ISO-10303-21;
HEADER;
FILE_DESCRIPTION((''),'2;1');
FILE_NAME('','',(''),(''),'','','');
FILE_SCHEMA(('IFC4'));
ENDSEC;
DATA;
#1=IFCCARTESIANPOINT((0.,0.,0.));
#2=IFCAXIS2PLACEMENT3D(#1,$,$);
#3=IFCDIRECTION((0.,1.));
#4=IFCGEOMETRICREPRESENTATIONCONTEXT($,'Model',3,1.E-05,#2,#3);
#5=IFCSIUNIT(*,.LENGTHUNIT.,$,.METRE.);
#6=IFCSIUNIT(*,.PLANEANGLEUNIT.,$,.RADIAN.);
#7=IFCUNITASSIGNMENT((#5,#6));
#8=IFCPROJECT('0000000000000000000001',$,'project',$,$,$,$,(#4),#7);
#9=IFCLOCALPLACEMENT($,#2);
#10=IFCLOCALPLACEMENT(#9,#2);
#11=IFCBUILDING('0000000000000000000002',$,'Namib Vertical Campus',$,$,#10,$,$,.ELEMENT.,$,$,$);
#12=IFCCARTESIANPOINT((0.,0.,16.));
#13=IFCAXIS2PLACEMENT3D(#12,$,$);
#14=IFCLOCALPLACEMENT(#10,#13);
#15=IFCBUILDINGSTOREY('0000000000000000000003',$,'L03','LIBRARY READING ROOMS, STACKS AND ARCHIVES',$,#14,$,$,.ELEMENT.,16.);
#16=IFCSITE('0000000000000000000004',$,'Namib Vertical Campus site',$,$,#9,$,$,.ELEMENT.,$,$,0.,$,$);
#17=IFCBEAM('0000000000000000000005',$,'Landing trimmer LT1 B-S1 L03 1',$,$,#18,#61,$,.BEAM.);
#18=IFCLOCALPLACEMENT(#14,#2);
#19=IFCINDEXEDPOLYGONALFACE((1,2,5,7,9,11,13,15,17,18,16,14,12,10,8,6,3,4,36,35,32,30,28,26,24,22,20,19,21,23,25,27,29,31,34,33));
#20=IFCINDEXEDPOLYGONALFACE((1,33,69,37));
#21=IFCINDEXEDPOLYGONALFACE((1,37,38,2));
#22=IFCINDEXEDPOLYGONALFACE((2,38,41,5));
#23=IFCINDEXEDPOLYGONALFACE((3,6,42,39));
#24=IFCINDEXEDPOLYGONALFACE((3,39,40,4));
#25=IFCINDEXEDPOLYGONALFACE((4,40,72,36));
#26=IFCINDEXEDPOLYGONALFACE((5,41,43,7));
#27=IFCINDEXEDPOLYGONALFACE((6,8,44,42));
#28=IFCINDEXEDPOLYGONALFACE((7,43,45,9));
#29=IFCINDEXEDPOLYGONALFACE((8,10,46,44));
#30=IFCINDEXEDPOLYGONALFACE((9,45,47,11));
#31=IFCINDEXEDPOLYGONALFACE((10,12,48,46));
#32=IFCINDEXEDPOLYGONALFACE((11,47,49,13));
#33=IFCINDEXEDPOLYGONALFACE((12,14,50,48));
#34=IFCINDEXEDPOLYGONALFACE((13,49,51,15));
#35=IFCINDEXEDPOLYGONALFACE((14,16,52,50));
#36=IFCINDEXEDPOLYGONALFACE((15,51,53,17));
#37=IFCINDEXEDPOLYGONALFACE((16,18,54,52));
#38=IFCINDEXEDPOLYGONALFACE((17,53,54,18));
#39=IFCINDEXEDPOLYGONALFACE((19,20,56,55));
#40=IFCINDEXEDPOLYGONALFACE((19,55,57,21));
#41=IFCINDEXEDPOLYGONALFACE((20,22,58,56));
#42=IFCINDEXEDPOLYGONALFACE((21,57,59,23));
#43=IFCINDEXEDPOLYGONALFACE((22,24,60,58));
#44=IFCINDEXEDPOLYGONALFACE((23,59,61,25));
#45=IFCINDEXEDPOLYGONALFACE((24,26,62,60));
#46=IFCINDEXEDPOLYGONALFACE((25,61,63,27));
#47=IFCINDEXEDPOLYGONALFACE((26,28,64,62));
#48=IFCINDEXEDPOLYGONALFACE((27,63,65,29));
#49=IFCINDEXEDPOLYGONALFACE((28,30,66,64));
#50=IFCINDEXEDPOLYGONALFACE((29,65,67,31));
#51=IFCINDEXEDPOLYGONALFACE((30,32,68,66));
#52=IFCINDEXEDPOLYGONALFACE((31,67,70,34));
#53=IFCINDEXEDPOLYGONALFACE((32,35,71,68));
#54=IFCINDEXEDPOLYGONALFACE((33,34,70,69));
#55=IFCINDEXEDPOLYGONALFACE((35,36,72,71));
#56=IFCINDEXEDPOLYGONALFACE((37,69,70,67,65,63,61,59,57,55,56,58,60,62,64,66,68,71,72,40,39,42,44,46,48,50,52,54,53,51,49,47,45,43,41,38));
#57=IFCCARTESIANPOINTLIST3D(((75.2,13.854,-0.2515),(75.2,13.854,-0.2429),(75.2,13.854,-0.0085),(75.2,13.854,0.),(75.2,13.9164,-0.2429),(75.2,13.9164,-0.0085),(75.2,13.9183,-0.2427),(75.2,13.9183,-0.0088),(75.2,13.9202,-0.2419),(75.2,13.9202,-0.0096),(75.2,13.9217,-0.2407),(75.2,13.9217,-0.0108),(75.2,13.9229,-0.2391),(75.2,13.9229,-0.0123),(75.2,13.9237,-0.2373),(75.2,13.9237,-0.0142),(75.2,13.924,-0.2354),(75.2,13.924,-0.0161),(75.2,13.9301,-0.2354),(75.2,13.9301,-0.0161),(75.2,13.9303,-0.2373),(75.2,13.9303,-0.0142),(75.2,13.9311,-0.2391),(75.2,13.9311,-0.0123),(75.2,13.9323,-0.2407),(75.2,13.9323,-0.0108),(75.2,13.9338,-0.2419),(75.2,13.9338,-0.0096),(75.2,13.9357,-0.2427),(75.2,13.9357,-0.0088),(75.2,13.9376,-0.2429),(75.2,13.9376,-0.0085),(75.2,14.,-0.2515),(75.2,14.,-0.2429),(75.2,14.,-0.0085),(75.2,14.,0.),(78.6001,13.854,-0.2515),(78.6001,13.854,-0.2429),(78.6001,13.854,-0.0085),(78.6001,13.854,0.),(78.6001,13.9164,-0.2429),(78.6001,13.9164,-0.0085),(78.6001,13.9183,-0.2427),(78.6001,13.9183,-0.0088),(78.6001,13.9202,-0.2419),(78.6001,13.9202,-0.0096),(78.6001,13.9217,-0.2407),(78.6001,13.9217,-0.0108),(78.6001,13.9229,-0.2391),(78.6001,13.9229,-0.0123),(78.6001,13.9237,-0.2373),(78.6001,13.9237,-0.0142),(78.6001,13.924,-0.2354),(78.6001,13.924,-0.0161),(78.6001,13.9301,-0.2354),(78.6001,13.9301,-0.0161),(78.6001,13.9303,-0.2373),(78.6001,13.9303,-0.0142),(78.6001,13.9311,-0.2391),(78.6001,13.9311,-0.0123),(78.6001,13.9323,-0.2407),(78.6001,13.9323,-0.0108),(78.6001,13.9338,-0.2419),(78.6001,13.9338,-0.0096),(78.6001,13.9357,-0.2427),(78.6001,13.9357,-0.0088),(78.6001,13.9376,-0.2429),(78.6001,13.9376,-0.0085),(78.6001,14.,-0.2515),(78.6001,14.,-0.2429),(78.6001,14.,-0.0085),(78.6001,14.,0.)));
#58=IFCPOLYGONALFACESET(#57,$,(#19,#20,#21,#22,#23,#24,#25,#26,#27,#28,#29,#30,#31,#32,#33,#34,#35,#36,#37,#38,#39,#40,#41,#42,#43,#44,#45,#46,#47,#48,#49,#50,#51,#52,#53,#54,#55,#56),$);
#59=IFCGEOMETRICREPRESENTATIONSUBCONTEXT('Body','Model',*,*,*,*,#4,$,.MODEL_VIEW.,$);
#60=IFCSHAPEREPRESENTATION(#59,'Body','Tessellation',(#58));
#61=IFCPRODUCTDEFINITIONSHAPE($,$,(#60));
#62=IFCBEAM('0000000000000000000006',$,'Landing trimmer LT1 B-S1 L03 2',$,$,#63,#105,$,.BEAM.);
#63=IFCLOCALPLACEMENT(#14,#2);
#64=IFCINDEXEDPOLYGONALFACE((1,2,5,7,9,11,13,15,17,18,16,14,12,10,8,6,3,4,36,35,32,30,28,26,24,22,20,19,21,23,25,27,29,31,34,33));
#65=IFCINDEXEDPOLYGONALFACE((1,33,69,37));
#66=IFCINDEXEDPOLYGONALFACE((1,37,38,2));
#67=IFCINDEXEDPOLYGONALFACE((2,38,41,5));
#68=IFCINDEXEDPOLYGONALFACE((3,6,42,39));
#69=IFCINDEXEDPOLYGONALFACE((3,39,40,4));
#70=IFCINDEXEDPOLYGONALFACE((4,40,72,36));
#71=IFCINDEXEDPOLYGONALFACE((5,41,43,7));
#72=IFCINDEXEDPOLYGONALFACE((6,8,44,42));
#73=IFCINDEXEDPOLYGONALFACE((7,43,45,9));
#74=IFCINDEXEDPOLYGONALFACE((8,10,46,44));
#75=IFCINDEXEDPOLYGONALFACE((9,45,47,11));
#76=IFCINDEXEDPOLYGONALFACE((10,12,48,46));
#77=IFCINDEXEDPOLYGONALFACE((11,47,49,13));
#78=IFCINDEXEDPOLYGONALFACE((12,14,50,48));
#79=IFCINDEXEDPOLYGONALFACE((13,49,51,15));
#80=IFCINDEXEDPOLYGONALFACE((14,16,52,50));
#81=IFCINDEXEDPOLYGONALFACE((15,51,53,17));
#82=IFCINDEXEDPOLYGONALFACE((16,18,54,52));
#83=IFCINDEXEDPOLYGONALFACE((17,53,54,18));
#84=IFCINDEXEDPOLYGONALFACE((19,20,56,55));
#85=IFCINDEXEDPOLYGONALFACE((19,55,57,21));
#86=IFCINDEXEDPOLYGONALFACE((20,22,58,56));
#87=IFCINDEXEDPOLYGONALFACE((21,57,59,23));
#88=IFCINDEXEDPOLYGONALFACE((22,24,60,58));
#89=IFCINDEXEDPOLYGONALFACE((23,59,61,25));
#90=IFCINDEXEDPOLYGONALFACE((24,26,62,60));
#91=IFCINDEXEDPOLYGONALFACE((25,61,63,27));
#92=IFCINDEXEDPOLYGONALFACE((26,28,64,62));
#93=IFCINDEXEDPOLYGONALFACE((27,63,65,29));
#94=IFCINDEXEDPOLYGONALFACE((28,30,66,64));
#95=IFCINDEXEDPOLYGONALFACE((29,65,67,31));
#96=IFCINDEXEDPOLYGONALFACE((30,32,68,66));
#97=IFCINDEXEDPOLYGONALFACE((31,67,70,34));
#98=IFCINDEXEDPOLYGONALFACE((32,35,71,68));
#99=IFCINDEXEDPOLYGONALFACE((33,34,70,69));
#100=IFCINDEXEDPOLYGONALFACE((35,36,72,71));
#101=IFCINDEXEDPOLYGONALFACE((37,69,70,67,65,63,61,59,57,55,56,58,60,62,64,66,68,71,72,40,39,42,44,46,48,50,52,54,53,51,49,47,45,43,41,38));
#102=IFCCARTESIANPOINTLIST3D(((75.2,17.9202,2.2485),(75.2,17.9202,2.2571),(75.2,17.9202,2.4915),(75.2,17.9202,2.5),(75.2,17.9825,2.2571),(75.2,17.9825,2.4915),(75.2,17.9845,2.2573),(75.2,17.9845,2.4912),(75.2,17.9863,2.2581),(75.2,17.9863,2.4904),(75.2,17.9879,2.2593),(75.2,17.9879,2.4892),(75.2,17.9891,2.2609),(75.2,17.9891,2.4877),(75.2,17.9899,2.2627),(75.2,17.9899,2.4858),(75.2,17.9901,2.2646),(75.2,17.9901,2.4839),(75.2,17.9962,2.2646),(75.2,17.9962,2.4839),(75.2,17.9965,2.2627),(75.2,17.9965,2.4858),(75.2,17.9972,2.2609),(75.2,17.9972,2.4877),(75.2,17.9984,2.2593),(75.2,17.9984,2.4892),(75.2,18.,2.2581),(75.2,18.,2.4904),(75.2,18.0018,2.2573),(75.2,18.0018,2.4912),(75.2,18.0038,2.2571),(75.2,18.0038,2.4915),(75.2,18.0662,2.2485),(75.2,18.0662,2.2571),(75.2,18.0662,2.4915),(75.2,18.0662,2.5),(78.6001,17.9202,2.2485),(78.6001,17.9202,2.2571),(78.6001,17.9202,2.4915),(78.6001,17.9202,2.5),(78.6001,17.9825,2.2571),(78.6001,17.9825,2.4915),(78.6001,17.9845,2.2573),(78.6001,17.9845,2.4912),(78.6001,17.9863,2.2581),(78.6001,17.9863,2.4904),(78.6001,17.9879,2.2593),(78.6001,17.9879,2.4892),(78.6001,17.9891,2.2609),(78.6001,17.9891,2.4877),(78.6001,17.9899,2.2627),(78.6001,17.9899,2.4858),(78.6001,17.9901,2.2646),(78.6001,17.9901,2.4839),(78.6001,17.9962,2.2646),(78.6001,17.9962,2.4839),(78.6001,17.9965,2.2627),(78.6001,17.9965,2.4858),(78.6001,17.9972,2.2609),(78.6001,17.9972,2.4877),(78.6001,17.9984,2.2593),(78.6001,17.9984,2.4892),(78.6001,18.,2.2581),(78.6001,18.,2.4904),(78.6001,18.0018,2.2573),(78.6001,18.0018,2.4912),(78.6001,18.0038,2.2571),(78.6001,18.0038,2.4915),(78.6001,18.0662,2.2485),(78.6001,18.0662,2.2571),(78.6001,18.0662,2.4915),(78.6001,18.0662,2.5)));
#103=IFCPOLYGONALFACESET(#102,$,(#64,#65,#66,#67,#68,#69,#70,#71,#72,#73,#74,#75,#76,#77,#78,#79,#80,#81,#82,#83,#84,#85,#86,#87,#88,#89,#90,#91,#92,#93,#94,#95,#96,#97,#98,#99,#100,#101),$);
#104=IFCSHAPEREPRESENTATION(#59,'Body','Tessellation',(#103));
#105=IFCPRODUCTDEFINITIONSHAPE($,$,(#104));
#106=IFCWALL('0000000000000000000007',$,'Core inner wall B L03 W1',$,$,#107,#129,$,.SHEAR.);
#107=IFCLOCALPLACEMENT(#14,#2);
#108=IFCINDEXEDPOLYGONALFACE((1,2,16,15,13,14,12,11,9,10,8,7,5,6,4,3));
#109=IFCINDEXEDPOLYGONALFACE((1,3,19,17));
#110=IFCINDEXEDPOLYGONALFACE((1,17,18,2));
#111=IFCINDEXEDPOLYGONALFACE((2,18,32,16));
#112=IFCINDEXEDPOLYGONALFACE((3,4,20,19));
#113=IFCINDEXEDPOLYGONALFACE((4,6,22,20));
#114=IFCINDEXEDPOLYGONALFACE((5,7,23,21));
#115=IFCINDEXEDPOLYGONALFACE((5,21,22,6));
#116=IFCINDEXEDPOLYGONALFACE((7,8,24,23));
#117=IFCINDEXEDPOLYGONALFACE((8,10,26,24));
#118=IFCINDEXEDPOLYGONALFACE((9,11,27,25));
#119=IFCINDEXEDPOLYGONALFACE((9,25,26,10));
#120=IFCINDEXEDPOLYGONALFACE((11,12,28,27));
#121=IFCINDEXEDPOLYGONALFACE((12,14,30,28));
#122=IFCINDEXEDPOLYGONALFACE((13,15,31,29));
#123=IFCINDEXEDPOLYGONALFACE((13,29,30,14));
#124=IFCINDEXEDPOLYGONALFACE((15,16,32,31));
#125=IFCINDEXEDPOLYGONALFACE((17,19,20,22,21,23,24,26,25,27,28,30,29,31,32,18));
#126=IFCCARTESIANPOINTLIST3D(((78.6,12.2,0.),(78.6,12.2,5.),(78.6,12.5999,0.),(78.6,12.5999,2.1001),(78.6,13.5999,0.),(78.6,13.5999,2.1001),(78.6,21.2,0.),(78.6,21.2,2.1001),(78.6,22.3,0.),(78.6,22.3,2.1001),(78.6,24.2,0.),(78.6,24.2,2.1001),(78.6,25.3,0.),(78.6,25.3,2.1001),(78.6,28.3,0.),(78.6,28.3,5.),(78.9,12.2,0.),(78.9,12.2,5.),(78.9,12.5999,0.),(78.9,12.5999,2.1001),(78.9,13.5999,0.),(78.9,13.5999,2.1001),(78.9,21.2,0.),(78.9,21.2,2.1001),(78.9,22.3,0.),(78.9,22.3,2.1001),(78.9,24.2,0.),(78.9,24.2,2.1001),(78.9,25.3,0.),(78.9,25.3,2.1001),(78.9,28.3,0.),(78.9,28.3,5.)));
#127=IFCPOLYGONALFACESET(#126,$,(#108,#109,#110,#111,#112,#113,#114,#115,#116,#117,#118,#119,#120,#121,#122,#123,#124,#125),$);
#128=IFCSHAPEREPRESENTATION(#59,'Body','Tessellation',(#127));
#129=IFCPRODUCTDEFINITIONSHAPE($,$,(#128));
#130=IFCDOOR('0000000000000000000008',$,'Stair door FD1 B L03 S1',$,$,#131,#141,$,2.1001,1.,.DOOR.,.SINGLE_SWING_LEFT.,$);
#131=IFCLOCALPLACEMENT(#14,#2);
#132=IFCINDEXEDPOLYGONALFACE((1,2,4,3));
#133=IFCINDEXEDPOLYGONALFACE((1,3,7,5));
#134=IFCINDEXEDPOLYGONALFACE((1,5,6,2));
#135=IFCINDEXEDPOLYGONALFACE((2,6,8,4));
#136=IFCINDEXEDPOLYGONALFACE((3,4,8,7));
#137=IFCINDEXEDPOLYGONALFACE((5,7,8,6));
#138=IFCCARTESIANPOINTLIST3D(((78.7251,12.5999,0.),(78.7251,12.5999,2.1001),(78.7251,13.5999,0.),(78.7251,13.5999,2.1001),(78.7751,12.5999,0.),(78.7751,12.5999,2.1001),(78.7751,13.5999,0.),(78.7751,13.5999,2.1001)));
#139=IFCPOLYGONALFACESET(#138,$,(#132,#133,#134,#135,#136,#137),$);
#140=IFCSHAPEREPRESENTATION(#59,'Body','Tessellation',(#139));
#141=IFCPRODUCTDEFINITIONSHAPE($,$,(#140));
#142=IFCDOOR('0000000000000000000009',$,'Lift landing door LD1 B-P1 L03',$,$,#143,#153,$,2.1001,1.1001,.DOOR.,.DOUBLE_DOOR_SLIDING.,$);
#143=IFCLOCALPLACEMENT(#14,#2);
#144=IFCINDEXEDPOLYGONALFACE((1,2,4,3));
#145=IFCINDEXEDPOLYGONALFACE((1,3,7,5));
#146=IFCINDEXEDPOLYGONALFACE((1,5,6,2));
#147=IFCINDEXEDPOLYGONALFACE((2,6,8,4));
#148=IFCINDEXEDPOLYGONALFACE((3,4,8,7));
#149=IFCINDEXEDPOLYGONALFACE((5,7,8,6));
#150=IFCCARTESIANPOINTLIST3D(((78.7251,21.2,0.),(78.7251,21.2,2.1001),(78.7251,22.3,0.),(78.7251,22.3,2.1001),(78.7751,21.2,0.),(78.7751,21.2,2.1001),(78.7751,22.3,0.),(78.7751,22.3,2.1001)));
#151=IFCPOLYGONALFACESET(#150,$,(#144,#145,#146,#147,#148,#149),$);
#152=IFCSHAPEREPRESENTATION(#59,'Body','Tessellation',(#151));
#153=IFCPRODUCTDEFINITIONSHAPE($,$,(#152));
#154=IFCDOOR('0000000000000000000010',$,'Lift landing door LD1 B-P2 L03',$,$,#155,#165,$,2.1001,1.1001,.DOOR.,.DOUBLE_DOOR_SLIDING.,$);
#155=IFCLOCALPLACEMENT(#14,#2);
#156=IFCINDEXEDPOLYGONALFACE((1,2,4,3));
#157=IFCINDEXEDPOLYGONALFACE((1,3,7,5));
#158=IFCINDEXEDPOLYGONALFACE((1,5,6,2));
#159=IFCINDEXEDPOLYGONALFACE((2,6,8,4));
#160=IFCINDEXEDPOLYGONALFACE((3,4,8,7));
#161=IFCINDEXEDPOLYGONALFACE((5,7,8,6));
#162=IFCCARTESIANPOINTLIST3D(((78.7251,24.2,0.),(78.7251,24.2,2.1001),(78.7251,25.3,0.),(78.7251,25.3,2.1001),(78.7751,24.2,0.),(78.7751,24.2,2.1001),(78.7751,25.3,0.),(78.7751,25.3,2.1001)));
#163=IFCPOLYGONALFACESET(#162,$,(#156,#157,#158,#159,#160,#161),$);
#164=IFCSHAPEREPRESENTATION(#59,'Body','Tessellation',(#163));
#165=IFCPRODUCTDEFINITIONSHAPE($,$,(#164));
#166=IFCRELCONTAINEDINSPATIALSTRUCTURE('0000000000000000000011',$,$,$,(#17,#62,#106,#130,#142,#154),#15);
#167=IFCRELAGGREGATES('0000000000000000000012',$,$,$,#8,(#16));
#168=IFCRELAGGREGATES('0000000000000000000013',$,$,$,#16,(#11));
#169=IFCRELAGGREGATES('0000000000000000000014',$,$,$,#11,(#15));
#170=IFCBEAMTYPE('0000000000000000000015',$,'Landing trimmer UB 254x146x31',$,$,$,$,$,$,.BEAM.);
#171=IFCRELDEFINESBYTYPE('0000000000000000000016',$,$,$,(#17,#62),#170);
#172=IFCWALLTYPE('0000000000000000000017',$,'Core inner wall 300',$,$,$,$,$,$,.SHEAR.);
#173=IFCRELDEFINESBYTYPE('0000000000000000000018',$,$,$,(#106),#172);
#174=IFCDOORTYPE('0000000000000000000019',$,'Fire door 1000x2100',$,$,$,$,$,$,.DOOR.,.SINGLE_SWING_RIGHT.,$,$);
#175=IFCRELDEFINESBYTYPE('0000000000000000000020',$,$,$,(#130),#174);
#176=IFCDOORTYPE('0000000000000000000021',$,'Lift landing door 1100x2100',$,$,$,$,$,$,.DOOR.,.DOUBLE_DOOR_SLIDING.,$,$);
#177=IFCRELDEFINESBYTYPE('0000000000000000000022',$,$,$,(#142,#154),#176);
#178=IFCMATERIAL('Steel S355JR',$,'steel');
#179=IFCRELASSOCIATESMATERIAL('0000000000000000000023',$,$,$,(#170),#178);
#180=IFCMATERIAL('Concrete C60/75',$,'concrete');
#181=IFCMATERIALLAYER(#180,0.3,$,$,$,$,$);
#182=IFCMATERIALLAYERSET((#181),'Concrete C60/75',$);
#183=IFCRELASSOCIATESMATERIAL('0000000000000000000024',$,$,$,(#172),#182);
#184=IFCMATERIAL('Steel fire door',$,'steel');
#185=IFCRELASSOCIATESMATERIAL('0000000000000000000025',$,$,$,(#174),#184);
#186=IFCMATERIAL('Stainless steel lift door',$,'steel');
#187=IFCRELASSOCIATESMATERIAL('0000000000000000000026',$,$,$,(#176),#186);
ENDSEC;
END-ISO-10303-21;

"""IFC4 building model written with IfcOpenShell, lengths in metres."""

from ifc_helpers import new_model, si_unit, direction, frame, frame_2d, origin, origin_2d, place, context, subcontext, project, spatial, rectangle, i_section, extrude, material, layer, layer_set, material_profile, profile_set, type_object, element, fill, save


model = new_model("IFC4")

# Units and contexts
model_context = context("Model", 3, precision=1e-05, world=origin(), true_north=direction((0.0, 1.0)))
body_context = subcontext(model_context, "Body", "Model", "MODEL_VIEW")
ifc_project = project(units=[si_unit("LENGTHUNIT", "METRE"), si_unit("PLANEANGLEUNIT", "RADIAN")], contexts=[model_context])

# Site, building, storey
site_placement = place(None, origin())
site = spatial("IfcSite", under=ifc_project, at=site_placement, Name="Namib Vertical Campus site", CompositionType="ELEMENT", RefElevation=0.0)
building_placement = place(site_placement, origin())
building = spatial("IfcBuilding", under=site, at=building_placement, Name="Namib Vertical Campus", CompositionType="ELEMENT")
storey_placement = place(building_placement, frame((0.0, 0.0, 16.0)))
storey = spatial("IfcBuildingStorey", under=building, at=storey_placement, Name="L03", Description="LIBRARY READING ROOMS, STACKS AND ARCHIVES", CompositionType="ELEMENT", Elevation=16.0)

# Beams
ifc_material_1 = material(Name="Steel S355JR", Category="steel")
ifc_material_profile = material_profile(ifc_material_1, i_section(OverallWidth=0.146, OverallDepth=0.2515, WebThickness=0.0061, FlangeThickness=0.0085, FilletRadius=0.0076, at=origin_2d()))
ifc_profile_set = profile_set([ifc_material_profile], Name="Steel S355JR")
beam_type = type_object("IfcBeamType", Name="Landing trimmer UB 254x146x31", PredefinedType="BEAM", material=ifc_profile_set)
for number, where, z_axis, x_axis, name in (
    (1, (75.2, 13.927, -0.1257), (1.0, 0.0, 0.0), (0.0, 1.0, 0.0), "Landing trimmer LT1 B-S1 L03 1"),
    (2, (75.2, 17.9932, 2.3743), (1.0, 0.0, 0.0), (0.0, 1.0, 0.0), "Landing trimmer LT1 B-S1 L03 2"),
):
    element("IfcBeam", number, at=place(storey_placement, frame(where, z_axis=z_axis, x_axis=x_axis)), inside=storey, type_object=beam_type, Name=name, PredefinedType="BEAM", context=body_context, shape_type="SweptSolid", body=[
        extrude(i_section(OverallWidth=0.146, OverallDepth=0.2515, WebThickness=0.0061, FlangeThickness=0.0085, FilletRadius=0.0076, at=origin_2d()), origin(), (0.0, 0.0, 1.0), 3.4001),
    ])

# Wall, openings, doors
ifc_material_2 = material(Name="Concrete C60/75", Category="concrete")
ifc_layer = layer(ifc_material_2, 0.3)
ifc_layer_set = layer_set([ifc_layer], Name="Concrete C60/75")
wall_type = type_object("IfcWallType", Name="Core inner wall 300", PredefinedType="SHEAR", material=ifc_layer_set)
wall_1_placement = place(storey_placement, frame((78.75, 12.2, 0.0), z_axis=(0.0, 0.0, 1.0), x_axis=(0.0, 1.0, 0.0)))
wall_1 = element("IfcWall", 3, at=wall_1_placement, inside=storey, type_object=wall_type, Name="Core inner wall B L03 W1", PredefinedType="SHEAR", context=body_context, shape_type="SweptSolid", body=[
    extrude(rectangle(XDim=16.1001, YDim=0.3, at=frame_2d((8.05, 0.0))), origin(), (0.0, 0.0, 1.0), 5.0),
])
opening_1_placement = place(wall_1_placement, frame((0.3999, 0.0, 0.0)))
opening_1 = element("IfcOpeningElement", 4, at=opening_1_placement, cuts=wall_1, PredefinedType="OPENING", context=body_context, shape_type="SweptSolid", body=[
    extrude(rectangle(XDim=1.0, YDim=2.1001, at=frame_2d((0.5, 1.05))), frame((0.0, 0.1599, 0.0), z_axis=(0.0, -1.0, 0.0), x_axis=(1.0, 0.0, 0.0)), (0.0, 0.0, 1.0), 0.3201),
])
opening_2_placement = place(wall_1_placement, frame((9.0, 0.0, 0.0)))
opening_2 = element("IfcOpeningElement", 5, at=opening_2_placement, cuts=wall_1, PredefinedType="OPENING", context=body_context, shape_type="SweptSolid", body=[
    extrude(rectangle(XDim=1.1001, YDim=2.1001, at=frame_2d((0.55, 1.05))), frame((0.0, 0.1599, 0.0), z_axis=(0.0, -1.0, 0.0), x_axis=(1.0, 0.0, 0.0)), (0.0, 0.0, 1.0), 0.3201),
])
opening_3_placement = place(wall_1_placement, frame((12.0, 0.0, 0.0)))
opening_3 = element("IfcOpeningElement", 6, at=opening_3_placement, cuts=wall_1, PredefinedType="OPENING", context=body_context, shape_type="SweptSolid", body=[
    extrude(rectangle(XDim=1.1001, YDim=2.1001, at=frame_2d((0.55, 1.05))), frame((0.0, 0.1599, 0.0), z_axis=(0.0, -1.0, 0.0), x_axis=(1.0, 0.0, 0.0)), (0.0, 0.0, 1.0), 0.3201),
])
ifc_material_3 = material(Name="Steel fire door", Category="steel")
door_type_1 = type_object("IfcDoorType", Name="Fire door 1000x2100", OperationType="SINGLE_SWING_RIGHT", PredefinedType="DOOR", material=ifc_material_3)
door_1_placement = place(opening_1_placement, origin())
door_1 = element("IfcDoor", 7, at=door_1_placement, inside=storey, type_object=door_type_1, Name="Stair door FD1 B L03 S1", OperationType="SINGLE_SWING_LEFT", OverallHeight=2.1001, OverallWidth=1.0, PredefinedType="DOOR", context=body_context, shape_type="SweptSolid", body=[
    extrude(rectangle(XDim=1.0, YDim=2.1001, at=frame_2d((0.5, 1.05))), frame((0.0, 0.0249, 0.0), z_axis=(0.0, -1.0, 0.0), x_axis=(1.0, 0.0, 0.0)), (0.0, 0.0, 1.0), 0.05),
])
fill(opening_1, door_1)
ifc_material_4 = material(Name="Stainless steel lift door", Category="steel")
door_type_2 = type_object("IfcDoorType", Name="Lift landing door 1100x2100", OperationType="DOUBLE_DOOR_SLIDING", PredefinedType="DOOR", material=ifc_material_4)
door_2_placement = place(opening_2_placement, origin())
door_2 = element("IfcDoor", 8, at=door_2_placement, inside=storey, type_object=door_type_2, Name="Lift landing door LD1 B-P1 L03", OperationType="DOUBLE_DOOR_SLIDING", OverallHeight=2.1001, OverallWidth=1.1001, PredefinedType="DOOR", context=body_context, shape_type="SweptSolid", body=[
    extrude(rectangle(XDim=1.1001, YDim=2.1001, at=frame_2d((0.55, 1.05))), frame((0.0, 0.0249, 0.0), z_axis=(0.0, -1.0, 0.0), x_axis=(1.0, 0.0, 0.0)), (0.0, 0.0, 1.0), 0.05),
])
fill(opening_2, door_2)
door_3_placement = place(opening_3_placement, origin())
door_3 = element("IfcDoor", 9, at=door_3_placement, inside=storey, type_object=door_type_2, Name="Lift landing door LD1 B-P2 L03", OperationType="DOUBLE_DOOR_SLIDING", OverallHeight=2.1001, OverallWidth=1.1001, PredefinedType="DOOR", context=body_context, shape_type="SweptSolid", body=[
    extrude(rectangle(XDim=1.1001, YDim=2.1001, at=frame_2d((0.55, 1.05))), frame((0.0, 0.0249, 0.0), z_axis=(0.0, -1.0, 0.0), x_axis=(1.0, 0.0, 0.0)), (0.0, 0.0, 1.0), 0.05),
])
fill(opening_3, door_3)

save(model, "model.ifc")
